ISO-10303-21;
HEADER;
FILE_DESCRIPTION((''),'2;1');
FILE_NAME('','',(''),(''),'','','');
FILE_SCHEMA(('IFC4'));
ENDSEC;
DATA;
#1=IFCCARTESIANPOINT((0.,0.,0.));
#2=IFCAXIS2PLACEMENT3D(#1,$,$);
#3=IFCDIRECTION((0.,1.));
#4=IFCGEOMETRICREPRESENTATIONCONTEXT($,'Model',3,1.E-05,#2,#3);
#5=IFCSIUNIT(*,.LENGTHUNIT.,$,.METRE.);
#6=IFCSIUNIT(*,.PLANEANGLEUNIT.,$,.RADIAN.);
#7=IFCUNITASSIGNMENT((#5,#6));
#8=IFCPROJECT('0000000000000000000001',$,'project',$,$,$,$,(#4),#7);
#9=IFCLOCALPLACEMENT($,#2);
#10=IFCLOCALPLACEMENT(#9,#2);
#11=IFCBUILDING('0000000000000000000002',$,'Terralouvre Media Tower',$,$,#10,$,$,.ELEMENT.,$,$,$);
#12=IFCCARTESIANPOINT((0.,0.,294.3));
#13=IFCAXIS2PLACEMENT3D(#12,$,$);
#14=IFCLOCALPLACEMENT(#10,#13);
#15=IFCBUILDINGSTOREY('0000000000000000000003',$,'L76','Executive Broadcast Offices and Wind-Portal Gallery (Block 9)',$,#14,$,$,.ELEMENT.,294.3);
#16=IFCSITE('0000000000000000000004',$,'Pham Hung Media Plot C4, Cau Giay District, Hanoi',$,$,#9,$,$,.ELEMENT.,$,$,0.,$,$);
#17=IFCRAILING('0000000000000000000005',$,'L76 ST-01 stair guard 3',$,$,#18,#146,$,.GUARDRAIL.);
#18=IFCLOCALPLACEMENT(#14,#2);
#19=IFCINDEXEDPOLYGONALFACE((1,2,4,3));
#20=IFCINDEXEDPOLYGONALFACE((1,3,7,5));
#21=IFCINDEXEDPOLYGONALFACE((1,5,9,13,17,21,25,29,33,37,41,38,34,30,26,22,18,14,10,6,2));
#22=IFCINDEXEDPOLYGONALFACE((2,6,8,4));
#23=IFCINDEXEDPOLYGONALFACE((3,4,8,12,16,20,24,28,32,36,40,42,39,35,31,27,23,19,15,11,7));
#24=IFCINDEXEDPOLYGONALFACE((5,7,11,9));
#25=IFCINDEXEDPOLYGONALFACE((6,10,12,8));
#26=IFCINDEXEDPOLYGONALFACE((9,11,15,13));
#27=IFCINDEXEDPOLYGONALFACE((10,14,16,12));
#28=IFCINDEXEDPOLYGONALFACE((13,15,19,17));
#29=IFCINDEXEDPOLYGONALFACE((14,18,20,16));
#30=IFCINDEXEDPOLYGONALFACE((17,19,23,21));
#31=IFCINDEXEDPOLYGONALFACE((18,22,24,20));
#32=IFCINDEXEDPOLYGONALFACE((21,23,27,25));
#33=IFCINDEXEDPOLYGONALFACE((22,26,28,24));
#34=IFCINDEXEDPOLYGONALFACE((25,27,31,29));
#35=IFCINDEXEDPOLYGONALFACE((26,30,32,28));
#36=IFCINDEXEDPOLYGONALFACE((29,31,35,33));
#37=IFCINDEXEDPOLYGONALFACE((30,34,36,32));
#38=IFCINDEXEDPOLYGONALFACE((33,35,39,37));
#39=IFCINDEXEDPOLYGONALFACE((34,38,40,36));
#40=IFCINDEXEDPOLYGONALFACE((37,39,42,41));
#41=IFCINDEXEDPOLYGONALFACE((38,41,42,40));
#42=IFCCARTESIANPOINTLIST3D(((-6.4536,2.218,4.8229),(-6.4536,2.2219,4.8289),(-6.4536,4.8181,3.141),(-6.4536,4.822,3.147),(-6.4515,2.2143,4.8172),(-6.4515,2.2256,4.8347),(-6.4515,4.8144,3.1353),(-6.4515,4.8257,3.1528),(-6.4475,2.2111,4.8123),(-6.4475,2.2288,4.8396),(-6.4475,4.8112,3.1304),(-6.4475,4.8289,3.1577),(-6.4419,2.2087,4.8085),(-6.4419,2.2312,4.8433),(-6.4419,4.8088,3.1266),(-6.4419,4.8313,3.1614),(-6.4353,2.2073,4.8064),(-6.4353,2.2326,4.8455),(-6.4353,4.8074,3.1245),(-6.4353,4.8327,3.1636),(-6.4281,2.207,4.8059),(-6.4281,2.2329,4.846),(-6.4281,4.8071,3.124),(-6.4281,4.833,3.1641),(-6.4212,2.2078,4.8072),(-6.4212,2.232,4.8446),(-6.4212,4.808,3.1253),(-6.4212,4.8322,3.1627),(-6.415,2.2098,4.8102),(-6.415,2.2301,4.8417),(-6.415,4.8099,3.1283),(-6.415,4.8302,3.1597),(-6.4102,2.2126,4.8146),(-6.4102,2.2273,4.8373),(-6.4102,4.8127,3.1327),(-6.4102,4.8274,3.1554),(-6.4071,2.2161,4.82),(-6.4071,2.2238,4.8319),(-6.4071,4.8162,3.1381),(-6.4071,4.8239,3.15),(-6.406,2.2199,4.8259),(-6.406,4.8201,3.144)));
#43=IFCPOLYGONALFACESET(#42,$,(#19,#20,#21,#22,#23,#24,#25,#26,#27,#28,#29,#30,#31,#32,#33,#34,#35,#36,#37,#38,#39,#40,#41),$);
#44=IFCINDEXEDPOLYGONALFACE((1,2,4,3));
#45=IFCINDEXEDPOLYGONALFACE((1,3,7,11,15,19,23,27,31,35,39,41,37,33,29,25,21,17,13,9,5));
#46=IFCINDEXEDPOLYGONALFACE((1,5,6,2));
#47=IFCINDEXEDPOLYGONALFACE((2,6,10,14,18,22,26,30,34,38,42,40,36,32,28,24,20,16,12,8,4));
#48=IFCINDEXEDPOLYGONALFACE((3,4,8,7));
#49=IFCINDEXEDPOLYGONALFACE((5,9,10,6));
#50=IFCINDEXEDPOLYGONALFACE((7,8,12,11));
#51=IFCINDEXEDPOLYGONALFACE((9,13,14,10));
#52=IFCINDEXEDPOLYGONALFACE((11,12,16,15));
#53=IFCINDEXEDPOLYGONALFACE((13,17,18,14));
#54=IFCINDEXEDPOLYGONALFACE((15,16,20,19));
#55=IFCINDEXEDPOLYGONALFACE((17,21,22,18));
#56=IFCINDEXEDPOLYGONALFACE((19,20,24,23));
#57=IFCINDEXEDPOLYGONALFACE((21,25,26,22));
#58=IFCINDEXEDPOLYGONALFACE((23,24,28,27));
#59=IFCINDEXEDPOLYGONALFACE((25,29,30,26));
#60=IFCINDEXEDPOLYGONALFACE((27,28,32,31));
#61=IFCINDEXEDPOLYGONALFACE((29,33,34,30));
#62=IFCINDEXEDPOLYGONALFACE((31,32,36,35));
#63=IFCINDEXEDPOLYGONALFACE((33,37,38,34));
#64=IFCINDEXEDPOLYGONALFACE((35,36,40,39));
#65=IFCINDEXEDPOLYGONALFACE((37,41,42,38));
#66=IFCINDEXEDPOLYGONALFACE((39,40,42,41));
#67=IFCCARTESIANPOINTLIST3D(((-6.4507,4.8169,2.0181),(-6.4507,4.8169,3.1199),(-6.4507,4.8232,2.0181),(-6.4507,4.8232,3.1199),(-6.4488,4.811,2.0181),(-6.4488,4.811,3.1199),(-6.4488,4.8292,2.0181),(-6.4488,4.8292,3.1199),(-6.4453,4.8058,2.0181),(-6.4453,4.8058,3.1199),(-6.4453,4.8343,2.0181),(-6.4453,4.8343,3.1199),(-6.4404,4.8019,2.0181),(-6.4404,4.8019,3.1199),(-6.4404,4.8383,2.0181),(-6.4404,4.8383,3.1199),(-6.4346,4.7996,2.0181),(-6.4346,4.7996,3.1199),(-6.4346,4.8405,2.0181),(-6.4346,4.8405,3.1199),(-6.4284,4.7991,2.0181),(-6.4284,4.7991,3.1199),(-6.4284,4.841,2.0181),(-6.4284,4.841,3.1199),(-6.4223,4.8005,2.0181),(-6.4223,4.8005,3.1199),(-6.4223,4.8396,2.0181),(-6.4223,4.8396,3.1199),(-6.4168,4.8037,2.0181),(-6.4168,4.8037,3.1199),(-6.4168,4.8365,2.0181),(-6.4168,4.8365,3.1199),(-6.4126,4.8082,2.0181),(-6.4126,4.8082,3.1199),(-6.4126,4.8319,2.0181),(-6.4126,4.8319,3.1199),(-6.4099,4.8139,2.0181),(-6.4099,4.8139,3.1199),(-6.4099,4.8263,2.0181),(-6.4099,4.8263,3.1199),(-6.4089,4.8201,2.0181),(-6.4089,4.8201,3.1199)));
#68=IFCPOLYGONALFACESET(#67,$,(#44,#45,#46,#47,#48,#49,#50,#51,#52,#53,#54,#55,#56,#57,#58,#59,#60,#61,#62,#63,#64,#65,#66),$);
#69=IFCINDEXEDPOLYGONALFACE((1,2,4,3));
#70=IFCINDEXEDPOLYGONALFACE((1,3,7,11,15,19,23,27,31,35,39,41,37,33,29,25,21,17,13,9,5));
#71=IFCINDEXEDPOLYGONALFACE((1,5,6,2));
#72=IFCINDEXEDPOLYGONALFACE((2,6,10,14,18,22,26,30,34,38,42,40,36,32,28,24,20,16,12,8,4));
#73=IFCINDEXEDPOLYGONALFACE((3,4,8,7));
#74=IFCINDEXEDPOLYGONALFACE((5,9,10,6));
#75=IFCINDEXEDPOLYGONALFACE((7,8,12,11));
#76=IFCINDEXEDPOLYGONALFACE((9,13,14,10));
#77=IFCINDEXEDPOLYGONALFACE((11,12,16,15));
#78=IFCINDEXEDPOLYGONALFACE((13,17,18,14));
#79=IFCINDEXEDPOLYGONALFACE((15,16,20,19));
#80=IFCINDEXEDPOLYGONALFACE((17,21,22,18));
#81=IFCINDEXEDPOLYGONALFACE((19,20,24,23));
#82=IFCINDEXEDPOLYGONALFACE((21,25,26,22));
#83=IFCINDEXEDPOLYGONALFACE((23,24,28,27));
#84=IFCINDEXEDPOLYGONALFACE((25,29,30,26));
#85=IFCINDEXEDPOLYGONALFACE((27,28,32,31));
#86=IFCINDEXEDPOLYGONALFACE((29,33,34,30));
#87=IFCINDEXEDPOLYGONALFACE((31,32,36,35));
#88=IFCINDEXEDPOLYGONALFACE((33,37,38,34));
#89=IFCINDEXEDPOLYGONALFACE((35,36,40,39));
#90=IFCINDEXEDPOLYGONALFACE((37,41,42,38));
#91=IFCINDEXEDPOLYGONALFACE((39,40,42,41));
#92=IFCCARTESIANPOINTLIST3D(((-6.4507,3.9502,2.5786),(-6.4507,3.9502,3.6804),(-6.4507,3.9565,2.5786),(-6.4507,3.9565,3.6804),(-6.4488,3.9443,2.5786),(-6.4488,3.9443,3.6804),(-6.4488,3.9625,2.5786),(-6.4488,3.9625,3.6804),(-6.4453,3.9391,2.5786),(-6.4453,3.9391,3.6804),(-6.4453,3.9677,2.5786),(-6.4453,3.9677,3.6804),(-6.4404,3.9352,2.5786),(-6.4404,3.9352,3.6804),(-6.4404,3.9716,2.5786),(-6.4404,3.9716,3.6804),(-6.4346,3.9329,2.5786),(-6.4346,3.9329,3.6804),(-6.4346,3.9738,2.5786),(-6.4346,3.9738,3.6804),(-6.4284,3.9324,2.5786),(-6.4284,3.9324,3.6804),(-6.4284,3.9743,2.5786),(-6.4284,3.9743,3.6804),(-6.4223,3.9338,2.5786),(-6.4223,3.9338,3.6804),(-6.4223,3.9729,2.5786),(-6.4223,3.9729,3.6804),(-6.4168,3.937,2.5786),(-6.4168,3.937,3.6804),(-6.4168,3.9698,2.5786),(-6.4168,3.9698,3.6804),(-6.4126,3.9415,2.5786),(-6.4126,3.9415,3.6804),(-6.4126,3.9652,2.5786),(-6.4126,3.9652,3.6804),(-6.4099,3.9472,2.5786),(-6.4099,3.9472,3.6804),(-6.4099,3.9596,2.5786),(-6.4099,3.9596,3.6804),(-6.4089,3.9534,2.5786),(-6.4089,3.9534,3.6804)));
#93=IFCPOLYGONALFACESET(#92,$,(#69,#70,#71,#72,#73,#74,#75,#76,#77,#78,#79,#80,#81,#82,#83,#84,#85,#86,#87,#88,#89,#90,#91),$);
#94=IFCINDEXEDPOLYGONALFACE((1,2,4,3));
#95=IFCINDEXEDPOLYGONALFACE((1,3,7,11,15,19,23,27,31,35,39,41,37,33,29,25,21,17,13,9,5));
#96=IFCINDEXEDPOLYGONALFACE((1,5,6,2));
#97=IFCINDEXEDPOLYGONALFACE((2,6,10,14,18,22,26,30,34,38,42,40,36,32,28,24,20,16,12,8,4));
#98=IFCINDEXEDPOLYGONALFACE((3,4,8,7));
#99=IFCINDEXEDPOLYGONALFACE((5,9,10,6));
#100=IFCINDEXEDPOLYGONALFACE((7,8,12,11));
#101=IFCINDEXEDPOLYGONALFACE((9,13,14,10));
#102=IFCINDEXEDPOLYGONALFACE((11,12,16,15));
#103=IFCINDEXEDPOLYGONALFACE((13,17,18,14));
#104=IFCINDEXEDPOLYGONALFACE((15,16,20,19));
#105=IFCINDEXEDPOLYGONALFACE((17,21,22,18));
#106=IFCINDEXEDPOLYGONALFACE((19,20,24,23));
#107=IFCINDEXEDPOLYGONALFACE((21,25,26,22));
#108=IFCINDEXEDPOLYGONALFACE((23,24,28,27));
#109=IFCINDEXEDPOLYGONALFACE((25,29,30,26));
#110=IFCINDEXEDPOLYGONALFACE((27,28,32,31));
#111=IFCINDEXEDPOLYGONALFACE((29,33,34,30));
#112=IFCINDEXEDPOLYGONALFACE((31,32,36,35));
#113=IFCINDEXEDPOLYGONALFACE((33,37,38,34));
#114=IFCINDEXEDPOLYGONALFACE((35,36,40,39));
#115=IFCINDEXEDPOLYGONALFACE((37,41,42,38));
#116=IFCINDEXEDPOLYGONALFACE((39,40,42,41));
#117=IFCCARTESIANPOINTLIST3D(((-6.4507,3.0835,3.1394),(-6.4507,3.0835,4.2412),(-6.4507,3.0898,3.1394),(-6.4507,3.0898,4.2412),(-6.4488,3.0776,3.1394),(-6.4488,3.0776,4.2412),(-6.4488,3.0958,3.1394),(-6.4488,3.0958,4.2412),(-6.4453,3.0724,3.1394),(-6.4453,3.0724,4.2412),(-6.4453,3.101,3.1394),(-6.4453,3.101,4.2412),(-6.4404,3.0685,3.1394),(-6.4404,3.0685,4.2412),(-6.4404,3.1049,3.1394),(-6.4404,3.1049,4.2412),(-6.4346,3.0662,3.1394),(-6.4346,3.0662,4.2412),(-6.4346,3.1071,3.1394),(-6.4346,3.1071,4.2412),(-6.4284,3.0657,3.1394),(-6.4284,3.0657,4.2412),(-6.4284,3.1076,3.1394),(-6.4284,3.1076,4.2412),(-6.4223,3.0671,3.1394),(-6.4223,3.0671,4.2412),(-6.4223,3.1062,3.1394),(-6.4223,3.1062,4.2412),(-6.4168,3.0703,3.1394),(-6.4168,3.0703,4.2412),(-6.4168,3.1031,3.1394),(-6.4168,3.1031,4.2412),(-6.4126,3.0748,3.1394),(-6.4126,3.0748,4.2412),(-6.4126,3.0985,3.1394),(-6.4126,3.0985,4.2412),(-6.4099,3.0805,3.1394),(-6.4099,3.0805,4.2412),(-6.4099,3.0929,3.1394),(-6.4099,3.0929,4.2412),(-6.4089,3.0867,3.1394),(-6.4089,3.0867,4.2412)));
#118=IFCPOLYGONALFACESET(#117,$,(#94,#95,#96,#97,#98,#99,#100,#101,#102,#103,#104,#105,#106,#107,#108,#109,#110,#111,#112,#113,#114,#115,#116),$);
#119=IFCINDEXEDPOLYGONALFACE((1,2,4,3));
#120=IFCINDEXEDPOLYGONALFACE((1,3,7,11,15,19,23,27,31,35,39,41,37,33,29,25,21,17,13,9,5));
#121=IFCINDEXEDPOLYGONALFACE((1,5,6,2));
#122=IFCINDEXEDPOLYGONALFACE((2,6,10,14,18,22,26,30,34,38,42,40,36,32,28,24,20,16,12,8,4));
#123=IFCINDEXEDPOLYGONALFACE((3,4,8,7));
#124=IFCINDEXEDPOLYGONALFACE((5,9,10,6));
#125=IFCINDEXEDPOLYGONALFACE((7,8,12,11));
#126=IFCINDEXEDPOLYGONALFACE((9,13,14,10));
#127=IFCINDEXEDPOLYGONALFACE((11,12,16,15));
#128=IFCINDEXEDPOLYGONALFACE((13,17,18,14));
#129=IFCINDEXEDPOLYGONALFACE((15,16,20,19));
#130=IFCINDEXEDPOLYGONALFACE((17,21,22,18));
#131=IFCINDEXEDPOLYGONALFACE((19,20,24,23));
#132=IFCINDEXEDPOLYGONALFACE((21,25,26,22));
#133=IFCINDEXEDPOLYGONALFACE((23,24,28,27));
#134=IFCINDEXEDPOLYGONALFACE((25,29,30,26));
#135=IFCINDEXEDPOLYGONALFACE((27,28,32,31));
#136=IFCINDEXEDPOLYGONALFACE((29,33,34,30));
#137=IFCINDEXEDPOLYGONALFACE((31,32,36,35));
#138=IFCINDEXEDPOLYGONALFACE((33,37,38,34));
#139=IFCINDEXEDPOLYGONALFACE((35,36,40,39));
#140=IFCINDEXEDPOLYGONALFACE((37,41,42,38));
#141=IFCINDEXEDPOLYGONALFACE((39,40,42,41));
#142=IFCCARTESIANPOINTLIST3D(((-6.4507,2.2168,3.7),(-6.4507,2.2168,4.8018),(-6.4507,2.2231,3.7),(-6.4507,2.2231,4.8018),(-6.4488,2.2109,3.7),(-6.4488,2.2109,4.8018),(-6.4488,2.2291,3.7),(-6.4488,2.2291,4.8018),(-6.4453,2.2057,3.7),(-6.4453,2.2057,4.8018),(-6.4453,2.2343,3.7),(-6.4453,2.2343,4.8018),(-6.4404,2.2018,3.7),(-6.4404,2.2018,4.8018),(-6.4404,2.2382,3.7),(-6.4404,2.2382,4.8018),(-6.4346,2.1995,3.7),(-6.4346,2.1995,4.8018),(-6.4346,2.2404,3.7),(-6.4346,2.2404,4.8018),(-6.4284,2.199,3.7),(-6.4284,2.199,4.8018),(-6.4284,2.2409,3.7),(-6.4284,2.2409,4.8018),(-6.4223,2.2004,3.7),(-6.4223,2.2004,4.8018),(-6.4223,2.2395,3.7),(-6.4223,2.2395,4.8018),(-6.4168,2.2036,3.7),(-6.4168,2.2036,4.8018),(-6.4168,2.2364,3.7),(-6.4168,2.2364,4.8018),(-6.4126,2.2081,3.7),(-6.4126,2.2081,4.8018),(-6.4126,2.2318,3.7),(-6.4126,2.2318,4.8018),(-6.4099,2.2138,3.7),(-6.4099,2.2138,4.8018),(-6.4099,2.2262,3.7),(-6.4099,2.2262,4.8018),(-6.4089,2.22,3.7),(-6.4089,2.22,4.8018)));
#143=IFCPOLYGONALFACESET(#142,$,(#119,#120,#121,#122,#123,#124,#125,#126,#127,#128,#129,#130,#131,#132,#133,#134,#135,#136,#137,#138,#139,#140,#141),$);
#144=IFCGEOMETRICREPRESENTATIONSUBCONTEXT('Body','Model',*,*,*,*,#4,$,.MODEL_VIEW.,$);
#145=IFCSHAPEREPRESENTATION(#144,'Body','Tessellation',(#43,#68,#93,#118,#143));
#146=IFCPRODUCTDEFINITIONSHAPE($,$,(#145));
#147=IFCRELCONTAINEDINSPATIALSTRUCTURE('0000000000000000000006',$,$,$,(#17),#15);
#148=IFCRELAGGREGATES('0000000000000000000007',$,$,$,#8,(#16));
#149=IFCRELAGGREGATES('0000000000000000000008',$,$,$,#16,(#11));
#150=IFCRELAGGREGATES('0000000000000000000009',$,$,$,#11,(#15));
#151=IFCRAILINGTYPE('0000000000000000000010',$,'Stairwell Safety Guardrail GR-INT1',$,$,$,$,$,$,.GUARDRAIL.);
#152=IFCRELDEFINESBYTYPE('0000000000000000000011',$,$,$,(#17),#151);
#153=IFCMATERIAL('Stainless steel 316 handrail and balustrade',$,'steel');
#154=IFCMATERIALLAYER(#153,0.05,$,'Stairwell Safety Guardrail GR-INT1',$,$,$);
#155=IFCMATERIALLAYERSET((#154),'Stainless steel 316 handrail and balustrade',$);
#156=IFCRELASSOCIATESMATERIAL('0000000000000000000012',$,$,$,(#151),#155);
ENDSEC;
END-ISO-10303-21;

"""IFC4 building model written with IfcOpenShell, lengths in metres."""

from ifc_helpers import new_model, si_unit, direction, frame, origin, origin_2d, place, context, subcontext, project, spatial, circle, extrude, material, layer, layer_set, type_object, element, save


model = new_model("IFC4")

# Units and contexts
model_context = context("Model", 3, precision=1e-05, world=origin(), true_north=direction((0.0, 1.0)))
body_context = subcontext(model_context, "Body", "Model", "MODEL_VIEW")
ifc_project = project(units=[si_unit("LENGTHUNIT", "METRE"), si_unit("PLANEANGLEUNIT", "RADIAN")], contexts=[model_context])

# Site, building, storey
site_placement = place(None, origin())
site = spatial("IfcSite", under=ifc_project, at=site_placement, Name="Pham Hung Media Plot C4, Cau Giay District, Hanoi", CompositionType="ELEMENT", RefElevation=0.0)
building_placement = place(site_placement, origin())
building = spatial("IfcBuilding", under=site, at=building_placement, Name="Terralouvre Media Tower", CompositionType="ELEMENT")
storey_placement = place(building_placement, frame((0.0, 0.0, 294.3)))
storey = spatial("IfcBuildingStorey", under=building, at=storey_placement, Name="L76", Description="Executive Broadcast Offices and Wind-Portal Gallery (Block 9)", CompositionType="ELEMENT", Elevation=294.3)

# Railing
ifc_material_1 = material(Name="Stainless steel 316 handrail and balustrade", Category="steel")
ifc_layer_1 = layer(ifc_material_1, 0.05, Name="Stairwell Safety Guardrail GR-INT1")
ifc_layer_set_1 = layer_set([ifc_layer_1], Name="Stainless steel 316 handrail and balustrade")
railing_type = type_object("IfcRailingType", Name="Stairwell Safety Guardrail GR-INT1", PredefinedType="GUARDRAIL", material=ifc_layer_set_1)
railing_1_placement = place(storey_placement, frame((-6.4299, 4.8201, 2.0181)))
element("IfcRailing", 1, at=railing_1_placement, inside=storey, type_object=railing_type, Name="L76 ST-01 stair guard 3", PredefinedType="GUARDRAIL", context=body_context, shape_type="SweptSolid", body=[
    extrude(circle(Radius=0.0239, at=origin_2d()), frame((0.0, 0.0, 1.126), z_axis=(0.0, -0.839648, 0.54313), x_axis=(1.0, 0.0, 0.0)), (0.0, 0.0, 1.0), 3.0967),
    extrude(circle(Radius=0.021, at=origin_2d()), origin(), (0.0, 0.0, 1.0), 1.1018),
    extrude(circle(Radius=0.021, at=origin_2d()), frame((0.0, -0.8667, 0.5605)), (0.0, 0.0, 1.0), 1.1018),
    extrude(circle(Radius=0.021, at=origin_2d()), frame((0.0, -1.7334, 1.1213)), (0.0, 0.0, 1.0), 1.1018),
    extrude(circle(Radius=0.021, at=origin_2d()), frame((0.0, -2.6001, 1.6819)), (0.0, 0.0, 1.0), 1.1018),
])

save(model, "model.ifc")
